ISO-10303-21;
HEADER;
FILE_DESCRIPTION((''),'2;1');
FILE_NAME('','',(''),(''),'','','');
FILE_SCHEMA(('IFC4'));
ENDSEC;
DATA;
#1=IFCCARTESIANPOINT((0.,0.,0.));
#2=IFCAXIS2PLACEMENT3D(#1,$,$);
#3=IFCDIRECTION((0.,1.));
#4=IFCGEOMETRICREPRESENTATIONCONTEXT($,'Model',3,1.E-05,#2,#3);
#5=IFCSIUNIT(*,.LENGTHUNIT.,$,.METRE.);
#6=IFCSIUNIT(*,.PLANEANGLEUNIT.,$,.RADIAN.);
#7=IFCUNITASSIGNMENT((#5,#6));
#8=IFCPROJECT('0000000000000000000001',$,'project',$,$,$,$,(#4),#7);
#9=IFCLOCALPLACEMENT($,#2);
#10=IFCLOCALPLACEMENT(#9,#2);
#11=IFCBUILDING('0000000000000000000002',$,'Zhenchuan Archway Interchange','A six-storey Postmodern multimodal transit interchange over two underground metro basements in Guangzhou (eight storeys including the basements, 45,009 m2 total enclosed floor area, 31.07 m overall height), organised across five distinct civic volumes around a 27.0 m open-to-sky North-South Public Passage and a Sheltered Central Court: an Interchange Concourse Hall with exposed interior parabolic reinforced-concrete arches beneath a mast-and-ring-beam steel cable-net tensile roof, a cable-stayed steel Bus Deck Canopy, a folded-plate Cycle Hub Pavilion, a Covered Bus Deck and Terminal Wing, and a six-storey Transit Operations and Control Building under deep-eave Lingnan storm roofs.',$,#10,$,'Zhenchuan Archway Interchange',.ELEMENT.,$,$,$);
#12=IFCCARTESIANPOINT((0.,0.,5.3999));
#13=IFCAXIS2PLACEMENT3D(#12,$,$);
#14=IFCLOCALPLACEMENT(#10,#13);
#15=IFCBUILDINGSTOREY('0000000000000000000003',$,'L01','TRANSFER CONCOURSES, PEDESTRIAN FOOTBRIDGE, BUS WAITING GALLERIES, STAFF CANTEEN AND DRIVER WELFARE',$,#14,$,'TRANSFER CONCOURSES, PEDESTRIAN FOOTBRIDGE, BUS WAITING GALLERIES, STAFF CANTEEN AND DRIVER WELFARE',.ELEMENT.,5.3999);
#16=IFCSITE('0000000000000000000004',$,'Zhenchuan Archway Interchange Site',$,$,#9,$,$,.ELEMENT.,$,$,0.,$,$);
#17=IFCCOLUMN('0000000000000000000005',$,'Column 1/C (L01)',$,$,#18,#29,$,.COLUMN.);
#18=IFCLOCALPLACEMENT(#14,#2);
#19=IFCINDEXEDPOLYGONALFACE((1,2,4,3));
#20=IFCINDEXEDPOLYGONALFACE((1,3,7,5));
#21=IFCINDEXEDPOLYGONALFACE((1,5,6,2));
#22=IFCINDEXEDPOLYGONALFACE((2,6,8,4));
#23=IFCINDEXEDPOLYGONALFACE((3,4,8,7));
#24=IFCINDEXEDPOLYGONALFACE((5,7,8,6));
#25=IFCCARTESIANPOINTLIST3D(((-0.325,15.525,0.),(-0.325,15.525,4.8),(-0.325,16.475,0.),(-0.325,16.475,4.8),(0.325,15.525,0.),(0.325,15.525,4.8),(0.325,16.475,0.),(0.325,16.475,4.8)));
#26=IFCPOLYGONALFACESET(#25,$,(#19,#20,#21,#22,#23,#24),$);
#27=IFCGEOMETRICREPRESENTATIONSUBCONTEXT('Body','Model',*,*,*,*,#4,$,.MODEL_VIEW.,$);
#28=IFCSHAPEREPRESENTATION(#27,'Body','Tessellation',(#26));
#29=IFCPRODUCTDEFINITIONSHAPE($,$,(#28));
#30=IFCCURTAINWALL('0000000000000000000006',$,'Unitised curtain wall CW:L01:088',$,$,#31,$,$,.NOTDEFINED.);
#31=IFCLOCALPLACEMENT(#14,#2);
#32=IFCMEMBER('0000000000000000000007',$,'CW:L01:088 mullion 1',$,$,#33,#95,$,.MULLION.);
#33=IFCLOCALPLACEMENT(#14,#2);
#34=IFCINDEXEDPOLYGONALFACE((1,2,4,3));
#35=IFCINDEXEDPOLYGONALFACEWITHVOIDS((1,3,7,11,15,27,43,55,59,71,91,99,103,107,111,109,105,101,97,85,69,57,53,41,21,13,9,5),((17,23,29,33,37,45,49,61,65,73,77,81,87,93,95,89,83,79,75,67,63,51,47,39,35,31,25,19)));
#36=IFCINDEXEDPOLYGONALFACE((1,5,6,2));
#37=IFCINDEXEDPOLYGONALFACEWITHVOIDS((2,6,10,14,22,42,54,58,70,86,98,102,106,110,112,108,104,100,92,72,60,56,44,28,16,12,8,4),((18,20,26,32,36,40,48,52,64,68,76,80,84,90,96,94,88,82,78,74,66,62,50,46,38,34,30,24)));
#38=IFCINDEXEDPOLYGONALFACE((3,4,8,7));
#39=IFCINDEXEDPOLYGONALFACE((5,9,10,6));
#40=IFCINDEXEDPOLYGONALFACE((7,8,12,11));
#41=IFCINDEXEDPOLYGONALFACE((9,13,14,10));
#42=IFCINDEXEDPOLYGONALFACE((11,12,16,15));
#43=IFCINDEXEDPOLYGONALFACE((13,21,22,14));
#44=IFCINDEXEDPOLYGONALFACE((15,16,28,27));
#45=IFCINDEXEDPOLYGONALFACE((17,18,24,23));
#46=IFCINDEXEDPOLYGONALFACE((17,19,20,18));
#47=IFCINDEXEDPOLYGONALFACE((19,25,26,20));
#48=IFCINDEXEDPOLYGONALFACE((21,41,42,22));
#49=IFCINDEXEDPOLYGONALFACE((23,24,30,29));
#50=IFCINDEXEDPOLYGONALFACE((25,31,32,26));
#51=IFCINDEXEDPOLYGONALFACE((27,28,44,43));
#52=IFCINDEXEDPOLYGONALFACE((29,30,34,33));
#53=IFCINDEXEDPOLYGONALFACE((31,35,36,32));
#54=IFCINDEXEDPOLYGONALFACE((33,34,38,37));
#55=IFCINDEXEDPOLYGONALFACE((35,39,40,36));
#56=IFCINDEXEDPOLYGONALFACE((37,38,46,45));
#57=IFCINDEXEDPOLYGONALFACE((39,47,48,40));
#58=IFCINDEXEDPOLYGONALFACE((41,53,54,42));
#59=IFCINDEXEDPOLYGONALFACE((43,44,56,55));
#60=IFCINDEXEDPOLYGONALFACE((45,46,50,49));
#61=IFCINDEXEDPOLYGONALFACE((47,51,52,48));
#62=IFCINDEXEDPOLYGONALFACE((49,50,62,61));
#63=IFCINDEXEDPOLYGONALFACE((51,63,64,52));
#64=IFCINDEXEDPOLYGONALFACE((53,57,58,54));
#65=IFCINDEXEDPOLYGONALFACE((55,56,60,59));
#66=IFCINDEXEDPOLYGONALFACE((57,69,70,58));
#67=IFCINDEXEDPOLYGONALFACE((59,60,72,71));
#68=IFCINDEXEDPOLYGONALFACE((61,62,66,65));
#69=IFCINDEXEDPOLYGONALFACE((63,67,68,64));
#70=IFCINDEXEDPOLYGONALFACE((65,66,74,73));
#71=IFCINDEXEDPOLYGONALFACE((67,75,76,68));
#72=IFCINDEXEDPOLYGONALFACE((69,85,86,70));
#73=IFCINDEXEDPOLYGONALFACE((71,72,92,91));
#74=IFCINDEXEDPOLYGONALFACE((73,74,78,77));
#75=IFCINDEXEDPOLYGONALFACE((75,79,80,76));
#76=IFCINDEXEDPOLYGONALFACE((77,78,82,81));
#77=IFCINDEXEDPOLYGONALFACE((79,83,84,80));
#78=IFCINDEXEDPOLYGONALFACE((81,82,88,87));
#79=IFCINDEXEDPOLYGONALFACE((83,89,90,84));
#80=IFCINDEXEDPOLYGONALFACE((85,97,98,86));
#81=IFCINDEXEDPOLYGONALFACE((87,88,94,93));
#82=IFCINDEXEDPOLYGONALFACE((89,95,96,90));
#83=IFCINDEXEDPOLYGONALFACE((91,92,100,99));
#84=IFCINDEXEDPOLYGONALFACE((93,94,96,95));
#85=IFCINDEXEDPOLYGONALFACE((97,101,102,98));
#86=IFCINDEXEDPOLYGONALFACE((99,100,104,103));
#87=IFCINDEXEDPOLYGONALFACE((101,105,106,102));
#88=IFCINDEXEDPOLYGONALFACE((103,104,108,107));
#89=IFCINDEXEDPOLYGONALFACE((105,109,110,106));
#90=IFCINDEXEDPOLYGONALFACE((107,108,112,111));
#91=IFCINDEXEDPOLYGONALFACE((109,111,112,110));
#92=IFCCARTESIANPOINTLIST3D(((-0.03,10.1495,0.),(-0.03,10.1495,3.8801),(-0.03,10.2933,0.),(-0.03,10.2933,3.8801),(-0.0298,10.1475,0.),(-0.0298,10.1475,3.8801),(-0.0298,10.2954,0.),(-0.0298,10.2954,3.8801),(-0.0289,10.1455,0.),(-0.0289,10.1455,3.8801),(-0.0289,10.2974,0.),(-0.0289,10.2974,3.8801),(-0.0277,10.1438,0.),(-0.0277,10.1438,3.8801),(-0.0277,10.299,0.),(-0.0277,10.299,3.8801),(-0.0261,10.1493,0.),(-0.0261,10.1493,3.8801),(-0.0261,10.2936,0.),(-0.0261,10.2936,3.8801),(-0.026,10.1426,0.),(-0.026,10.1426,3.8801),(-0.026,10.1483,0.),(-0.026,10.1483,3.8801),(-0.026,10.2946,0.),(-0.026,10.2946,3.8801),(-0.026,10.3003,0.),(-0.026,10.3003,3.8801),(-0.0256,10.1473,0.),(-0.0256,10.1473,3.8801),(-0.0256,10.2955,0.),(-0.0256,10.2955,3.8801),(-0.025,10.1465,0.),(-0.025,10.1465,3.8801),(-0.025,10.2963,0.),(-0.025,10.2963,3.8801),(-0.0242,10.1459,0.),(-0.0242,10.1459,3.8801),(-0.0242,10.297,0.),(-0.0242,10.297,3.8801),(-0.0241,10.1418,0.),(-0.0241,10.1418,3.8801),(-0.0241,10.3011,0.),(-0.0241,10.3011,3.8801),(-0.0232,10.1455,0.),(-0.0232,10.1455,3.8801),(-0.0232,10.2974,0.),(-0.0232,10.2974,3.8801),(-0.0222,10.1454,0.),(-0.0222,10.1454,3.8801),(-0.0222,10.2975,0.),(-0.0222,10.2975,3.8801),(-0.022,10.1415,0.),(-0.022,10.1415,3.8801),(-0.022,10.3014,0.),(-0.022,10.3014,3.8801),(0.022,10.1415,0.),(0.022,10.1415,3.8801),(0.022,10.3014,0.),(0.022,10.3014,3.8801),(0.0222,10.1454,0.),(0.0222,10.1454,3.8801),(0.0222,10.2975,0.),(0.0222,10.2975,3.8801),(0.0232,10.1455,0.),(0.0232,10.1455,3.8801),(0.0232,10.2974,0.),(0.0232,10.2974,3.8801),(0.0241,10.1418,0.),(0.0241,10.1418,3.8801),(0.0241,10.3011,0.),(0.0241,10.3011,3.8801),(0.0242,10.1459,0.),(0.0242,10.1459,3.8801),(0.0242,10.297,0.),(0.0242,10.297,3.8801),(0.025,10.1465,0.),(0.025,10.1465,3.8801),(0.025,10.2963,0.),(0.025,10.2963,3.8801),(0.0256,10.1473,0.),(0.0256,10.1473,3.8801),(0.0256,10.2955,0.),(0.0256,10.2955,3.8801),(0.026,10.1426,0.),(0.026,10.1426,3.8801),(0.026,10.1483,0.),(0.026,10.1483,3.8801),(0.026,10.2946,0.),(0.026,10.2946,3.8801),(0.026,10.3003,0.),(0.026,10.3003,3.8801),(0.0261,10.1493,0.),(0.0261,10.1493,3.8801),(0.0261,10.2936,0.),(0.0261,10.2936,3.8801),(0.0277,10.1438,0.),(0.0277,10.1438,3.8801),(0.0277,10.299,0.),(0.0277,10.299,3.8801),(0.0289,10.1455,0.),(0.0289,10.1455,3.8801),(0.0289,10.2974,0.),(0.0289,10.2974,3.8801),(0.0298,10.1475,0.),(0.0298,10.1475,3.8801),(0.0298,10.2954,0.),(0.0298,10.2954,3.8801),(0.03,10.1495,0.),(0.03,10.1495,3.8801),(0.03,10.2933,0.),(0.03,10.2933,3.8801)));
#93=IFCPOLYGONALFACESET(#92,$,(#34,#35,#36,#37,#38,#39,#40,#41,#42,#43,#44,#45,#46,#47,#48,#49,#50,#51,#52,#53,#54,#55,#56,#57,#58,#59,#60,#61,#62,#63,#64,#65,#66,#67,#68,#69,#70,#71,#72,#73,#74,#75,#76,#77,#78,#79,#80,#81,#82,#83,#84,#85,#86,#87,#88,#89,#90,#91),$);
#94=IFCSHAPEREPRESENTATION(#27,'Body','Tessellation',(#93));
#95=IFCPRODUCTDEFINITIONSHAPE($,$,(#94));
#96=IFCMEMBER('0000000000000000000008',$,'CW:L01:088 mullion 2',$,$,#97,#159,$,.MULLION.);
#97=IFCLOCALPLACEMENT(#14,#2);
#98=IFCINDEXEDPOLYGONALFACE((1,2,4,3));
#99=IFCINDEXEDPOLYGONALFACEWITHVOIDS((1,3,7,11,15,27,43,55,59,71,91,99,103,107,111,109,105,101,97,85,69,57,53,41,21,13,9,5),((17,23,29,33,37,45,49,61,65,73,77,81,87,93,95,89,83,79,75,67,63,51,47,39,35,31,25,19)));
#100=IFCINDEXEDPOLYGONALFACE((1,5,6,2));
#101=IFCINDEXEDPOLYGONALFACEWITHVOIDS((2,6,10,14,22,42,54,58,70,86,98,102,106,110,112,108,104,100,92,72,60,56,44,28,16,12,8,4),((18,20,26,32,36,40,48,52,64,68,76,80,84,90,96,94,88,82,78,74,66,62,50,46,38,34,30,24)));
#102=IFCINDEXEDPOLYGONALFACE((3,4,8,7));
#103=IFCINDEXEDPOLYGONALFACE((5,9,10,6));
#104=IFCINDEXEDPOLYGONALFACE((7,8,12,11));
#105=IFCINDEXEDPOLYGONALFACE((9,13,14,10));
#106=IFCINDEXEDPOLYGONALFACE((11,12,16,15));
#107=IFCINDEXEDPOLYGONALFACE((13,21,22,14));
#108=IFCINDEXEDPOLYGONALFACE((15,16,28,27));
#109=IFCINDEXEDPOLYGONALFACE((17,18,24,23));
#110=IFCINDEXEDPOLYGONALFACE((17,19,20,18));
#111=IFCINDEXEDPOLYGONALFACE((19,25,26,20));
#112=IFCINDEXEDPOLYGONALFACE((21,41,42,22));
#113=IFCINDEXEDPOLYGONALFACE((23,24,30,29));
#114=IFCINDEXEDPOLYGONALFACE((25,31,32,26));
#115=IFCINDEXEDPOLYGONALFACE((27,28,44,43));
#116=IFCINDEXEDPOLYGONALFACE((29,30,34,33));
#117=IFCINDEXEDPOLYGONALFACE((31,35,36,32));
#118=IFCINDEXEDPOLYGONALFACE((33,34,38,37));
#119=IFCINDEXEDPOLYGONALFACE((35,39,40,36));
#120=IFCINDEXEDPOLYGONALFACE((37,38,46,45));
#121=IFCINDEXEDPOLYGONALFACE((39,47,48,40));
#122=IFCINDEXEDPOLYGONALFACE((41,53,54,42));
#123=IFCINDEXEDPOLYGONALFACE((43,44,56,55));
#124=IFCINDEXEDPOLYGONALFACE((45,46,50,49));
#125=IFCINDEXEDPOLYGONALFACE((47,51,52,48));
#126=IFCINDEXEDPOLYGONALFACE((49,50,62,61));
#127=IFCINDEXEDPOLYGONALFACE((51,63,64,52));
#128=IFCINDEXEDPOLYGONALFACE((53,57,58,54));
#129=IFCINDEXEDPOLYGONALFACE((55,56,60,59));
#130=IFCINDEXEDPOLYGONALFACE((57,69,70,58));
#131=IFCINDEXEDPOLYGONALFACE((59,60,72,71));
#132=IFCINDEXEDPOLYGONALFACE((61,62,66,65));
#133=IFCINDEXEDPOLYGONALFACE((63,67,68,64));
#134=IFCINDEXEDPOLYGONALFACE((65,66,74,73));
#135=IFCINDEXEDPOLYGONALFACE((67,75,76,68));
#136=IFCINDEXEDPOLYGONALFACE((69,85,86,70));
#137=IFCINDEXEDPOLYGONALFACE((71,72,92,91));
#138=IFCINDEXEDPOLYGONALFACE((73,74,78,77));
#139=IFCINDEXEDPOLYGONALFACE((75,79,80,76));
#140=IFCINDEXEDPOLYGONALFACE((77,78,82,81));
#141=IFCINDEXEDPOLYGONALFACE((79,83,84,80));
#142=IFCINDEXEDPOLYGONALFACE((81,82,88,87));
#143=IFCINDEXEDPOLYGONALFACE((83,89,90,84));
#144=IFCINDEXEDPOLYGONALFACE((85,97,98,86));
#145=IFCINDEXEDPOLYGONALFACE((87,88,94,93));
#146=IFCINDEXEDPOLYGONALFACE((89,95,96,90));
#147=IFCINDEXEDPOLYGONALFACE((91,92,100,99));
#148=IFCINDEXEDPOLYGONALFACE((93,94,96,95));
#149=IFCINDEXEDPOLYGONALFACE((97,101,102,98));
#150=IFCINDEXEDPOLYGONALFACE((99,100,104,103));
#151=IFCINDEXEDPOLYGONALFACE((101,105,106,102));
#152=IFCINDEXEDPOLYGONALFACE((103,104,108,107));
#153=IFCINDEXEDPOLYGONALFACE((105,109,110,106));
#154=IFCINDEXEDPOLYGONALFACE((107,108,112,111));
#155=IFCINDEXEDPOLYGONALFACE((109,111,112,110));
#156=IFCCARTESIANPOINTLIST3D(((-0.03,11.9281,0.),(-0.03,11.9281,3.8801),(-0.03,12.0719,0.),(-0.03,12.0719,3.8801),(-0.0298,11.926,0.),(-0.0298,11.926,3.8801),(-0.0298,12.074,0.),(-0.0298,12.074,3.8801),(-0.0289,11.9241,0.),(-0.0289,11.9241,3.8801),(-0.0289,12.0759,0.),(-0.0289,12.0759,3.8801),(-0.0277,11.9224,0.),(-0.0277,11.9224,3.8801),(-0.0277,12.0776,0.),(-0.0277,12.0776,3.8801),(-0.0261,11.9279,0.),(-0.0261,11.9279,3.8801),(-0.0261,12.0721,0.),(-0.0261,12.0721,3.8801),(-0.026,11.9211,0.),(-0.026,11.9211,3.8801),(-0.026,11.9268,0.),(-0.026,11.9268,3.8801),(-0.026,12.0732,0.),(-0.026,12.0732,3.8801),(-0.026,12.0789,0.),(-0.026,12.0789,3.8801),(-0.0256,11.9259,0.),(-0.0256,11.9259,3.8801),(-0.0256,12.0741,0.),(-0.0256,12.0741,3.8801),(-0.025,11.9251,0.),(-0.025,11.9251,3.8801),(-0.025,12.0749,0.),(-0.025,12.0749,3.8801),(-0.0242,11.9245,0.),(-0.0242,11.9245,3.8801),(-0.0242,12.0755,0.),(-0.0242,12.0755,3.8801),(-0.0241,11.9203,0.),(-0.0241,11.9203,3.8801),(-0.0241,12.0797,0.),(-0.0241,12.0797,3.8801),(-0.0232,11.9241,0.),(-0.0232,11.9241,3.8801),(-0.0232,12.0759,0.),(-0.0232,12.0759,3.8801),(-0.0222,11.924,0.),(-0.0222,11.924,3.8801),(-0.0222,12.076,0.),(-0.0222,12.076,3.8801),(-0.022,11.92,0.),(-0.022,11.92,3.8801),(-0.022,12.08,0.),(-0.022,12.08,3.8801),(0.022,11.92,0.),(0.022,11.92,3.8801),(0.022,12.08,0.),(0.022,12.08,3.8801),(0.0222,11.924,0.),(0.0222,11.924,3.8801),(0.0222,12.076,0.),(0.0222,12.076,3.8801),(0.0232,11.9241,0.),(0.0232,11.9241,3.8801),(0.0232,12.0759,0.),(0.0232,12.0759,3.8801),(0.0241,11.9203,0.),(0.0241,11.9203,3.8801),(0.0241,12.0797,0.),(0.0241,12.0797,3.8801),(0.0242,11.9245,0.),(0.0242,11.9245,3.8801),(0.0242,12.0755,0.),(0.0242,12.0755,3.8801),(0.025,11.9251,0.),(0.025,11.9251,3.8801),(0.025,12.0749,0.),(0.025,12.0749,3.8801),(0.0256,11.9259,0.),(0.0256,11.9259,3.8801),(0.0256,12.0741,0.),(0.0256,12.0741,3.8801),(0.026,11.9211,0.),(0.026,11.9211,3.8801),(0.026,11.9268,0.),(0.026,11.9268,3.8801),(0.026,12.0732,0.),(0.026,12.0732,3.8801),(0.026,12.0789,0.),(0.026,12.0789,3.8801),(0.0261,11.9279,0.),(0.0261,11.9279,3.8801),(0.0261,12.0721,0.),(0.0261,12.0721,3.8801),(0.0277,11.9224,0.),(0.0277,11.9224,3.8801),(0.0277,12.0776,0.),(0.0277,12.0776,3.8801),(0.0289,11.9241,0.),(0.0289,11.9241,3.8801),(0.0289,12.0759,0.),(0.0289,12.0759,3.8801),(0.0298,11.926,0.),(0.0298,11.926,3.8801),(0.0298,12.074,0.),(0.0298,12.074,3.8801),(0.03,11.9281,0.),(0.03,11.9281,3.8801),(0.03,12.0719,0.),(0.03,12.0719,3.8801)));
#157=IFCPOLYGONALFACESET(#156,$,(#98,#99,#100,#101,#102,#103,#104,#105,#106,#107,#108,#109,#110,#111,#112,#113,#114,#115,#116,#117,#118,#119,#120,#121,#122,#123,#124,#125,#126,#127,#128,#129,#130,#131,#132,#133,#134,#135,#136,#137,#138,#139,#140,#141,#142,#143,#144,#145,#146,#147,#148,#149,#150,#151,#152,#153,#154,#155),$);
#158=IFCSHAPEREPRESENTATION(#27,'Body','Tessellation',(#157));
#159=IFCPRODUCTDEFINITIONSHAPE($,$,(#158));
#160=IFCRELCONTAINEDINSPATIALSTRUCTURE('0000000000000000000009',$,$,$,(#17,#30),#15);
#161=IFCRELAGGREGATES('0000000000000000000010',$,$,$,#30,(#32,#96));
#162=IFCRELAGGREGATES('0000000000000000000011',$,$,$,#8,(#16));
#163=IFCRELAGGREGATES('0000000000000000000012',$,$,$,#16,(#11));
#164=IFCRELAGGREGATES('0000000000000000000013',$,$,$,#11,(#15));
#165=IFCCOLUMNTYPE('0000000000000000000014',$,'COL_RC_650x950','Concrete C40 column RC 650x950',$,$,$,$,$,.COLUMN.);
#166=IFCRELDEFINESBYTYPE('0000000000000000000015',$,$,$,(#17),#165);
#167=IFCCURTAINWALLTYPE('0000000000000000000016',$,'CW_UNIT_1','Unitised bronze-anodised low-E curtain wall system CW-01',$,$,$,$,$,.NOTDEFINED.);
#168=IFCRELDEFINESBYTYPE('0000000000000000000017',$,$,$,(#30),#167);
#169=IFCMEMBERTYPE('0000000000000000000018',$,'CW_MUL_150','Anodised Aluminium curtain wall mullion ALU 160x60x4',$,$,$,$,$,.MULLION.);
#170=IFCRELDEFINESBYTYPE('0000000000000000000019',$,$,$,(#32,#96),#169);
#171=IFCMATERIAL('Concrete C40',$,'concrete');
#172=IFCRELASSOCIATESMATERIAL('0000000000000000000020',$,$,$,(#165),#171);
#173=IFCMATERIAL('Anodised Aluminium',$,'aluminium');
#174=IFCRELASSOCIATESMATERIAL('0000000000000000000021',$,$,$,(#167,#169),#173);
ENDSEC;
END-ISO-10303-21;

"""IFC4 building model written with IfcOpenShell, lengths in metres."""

from ifc_helpers import new_model, si_unit, direction, frame, origin, origin_2d, place, context, subcontext, project, spatial, rectangle, hollow_rectangle, extrude, material, material_profile, profile_set, type_object, element, aggregate, save


model = new_model("IFC4")

# Units and contexts
model_context = context("Model", 3, precision=1e-05, world=origin(), true_north=direction((0.0, 1.0)))
body_context = subcontext(model_context, "Body", "Model", "MODEL_VIEW")
ifc_project = project(units=[si_unit("LENGTHUNIT", "METRE"), si_unit("PLANEANGLEUNIT", "RADIAN")], contexts=[model_context])

# Site, building, storey
site_placement = place(None, origin())
site = spatial("IfcSite", under=ifc_project, at=site_placement, Name="Zhenchuan Archway Interchange Site", CompositionType="ELEMENT", RefElevation=0.0)
building_placement = place(site_placement, origin())
building = spatial("IfcBuilding", under=site, at=building_placement, Name="Zhenchuan Archway Interchange", Description="A six-storey Postmodern multimodal transit interchange over two underground metro basements in Guangzhou (eight storeys including the basements, 45,009 m2 total enclosed floor area, 31.07 m overall height), organised across five distinct civic volumes around a 27.0 m open-to-sky North-South Public Passage and a Sheltered Central Court: an Interchange Concourse Hall with exposed interior parabolic reinforced-concrete arches beneath a mast-and-ring-beam steel cable-net tensile roof, a cable-stayed steel Bus Deck Canopy, a folded-plate Cycle Hub Pavilion, a Covered Bus Deck and Terminal Wing, and a six-storey Transit Operations and Control Building under deep-eave Lingnan storm roofs.", LongName="Zhenchuan Archway Interchange", CompositionType="ELEMENT")
storey_placement = place(building_placement, frame((0.0, 0.0, 5.3999)))
storey = spatial("IfcBuildingStorey", under=building, at=storey_placement, Name="L01", Description="TRANSFER CONCOURSES, PEDESTRIAN FOOTBRIDGE, BUS WAITING GALLERIES, STAFF CANTEEN AND DRIVER WELFARE", LongName="TRANSFER CONCOURSES, PEDESTRIAN FOOTBRIDGE, BUS WAITING GALLERIES, STAFF CANTEEN AND DRIVER WELFARE", CompositionType="ELEMENT", Elevation=5.3999)

# Column
ifc_material_1 = material(Name="Concrete C40", Category="concrete")
ifc_material_profile_1 = material_profile(ifc_material_1, rectangle(XDim=0.6499, YDim=0.95, at=origin_2d()), Name="RC 650x950")
ifc_profile_set_1 = profile_set([ifc_material_profile_1], Name="Concrete C40")
column_type = type_object("IfcColumnType", Name="COL_RC_650x950", Description="Concrete C40 column RC 650x950", PredefinedType="COLUMN", material=ifc_profile_set_1)
column_placement = place(storey_placement, frame((0.0, 16.0, 0.0), z_axis=(0.0, 0.0, 1.0), x_axis=(1.0, 0.0, 0.0)))
element("IfcColumn", 1, at=column_placement, inside=storey, type_object=column_type, Name="Column 1/C (L01)", PredefinedType="COLUMN", context=body_context, shape_type="SweptSolid", body=[
    extrude(rectangle(XDim=0.6499, YDim=0.95, at=origin_2d()), origin(), (0.0, 0.0, 1.0), 4.8),
])

# Curtain wall, members
ifc_material_2 = material(Name="Anodised Aluminium", Category="aluminium")
curtain_wall_type_1 = type_object("IfcCurtainWallType", Name="CW_UNIT_1", Description="Unitised bronze-anodised low-E curtain wall system CW-01", PredefinedType="NOTDEFINED", material=ifc_material_2)
curtain_wall_1_placement = place(storey_placement, origin())
curtain_wall_1 = element("IfcCurtainWall", 2, at=curtain_wall_1_placement, inside=storey, type_object=curtain_wall_type_1, Name="Unitised curtain wall CW:L01:088", PredefinedType="NOTDEFINED")
ifc_material_profile_2 = material_profile(ifc_material_2, hollow_rectangle(XDim=0.0601, YDim=0.1599, WallThickness=0.0039, InnerFilletRadius=0.0039, OuterFilletRadius=0.0081, at=origin_2d()), Name="ALU 160x60x4")
ifc_profile_set_2 = profile_set([ifc_material_profile_2], Name="Anodised Aluminium")
member_type_1 = type_object("IfcMemberType", Name="CW_MUL_150", Description="Anodised Aluminium curtain wall mullion ALU 160x60x4", PredefinedType="MULLION", material=ifc_profile_set_2)
member_1_placement = place(storey_placement, frame((0.0, 10.2214, 0.0), z_axis=(0.0, 0.0, 1.0), x_axis=(1.0, 0.0, 0.0)))
member_1 = element("IfcMember", 3, at=member_1_placement, type_object=member_type_1, Name="CW:L01:088 mullion 1", PredefinedType="MULLION", context=body_context, shape_type="SweptSolid", body=[
    extrude(hollow_rectangle(XDim=0.0601, YDim=0.1599, WallThickness=0.0039, InnerFilletRadius=0.0039, OuterFilletRadius=0.0081, at=origin_2d()), origin(), (0.0, 0.0, 1.0), 3.8801),
])
member_2_placement = place(storey_placement, frame((0.0, 12.0, 0.0), z_axis=(0.0, 0.0, 1.0), x_axis=(1.0, 0.0, 0.0)))
member_2 = element("IfcMember", 4, at=member_2_placement, type_object=member_type_1, Name="CW:L01:088 mullion 2", PredefinedType="MULLION", context=body_context, shape_type="SweptSolid", body=[
    extrude(hollow_rectangle(XDim=0.0601, YDim=0.1599, WallThickness=0.0039, InnerFilletRadius=0.0039, OuterFilletRadius=0.0081, at=origin_2d()), origin(), (0.0, 0.0, 1.0), 3.8801),
])

aggregate(curtain_wall_1, [member_1, member_2])

save(model, "model.ifc")
